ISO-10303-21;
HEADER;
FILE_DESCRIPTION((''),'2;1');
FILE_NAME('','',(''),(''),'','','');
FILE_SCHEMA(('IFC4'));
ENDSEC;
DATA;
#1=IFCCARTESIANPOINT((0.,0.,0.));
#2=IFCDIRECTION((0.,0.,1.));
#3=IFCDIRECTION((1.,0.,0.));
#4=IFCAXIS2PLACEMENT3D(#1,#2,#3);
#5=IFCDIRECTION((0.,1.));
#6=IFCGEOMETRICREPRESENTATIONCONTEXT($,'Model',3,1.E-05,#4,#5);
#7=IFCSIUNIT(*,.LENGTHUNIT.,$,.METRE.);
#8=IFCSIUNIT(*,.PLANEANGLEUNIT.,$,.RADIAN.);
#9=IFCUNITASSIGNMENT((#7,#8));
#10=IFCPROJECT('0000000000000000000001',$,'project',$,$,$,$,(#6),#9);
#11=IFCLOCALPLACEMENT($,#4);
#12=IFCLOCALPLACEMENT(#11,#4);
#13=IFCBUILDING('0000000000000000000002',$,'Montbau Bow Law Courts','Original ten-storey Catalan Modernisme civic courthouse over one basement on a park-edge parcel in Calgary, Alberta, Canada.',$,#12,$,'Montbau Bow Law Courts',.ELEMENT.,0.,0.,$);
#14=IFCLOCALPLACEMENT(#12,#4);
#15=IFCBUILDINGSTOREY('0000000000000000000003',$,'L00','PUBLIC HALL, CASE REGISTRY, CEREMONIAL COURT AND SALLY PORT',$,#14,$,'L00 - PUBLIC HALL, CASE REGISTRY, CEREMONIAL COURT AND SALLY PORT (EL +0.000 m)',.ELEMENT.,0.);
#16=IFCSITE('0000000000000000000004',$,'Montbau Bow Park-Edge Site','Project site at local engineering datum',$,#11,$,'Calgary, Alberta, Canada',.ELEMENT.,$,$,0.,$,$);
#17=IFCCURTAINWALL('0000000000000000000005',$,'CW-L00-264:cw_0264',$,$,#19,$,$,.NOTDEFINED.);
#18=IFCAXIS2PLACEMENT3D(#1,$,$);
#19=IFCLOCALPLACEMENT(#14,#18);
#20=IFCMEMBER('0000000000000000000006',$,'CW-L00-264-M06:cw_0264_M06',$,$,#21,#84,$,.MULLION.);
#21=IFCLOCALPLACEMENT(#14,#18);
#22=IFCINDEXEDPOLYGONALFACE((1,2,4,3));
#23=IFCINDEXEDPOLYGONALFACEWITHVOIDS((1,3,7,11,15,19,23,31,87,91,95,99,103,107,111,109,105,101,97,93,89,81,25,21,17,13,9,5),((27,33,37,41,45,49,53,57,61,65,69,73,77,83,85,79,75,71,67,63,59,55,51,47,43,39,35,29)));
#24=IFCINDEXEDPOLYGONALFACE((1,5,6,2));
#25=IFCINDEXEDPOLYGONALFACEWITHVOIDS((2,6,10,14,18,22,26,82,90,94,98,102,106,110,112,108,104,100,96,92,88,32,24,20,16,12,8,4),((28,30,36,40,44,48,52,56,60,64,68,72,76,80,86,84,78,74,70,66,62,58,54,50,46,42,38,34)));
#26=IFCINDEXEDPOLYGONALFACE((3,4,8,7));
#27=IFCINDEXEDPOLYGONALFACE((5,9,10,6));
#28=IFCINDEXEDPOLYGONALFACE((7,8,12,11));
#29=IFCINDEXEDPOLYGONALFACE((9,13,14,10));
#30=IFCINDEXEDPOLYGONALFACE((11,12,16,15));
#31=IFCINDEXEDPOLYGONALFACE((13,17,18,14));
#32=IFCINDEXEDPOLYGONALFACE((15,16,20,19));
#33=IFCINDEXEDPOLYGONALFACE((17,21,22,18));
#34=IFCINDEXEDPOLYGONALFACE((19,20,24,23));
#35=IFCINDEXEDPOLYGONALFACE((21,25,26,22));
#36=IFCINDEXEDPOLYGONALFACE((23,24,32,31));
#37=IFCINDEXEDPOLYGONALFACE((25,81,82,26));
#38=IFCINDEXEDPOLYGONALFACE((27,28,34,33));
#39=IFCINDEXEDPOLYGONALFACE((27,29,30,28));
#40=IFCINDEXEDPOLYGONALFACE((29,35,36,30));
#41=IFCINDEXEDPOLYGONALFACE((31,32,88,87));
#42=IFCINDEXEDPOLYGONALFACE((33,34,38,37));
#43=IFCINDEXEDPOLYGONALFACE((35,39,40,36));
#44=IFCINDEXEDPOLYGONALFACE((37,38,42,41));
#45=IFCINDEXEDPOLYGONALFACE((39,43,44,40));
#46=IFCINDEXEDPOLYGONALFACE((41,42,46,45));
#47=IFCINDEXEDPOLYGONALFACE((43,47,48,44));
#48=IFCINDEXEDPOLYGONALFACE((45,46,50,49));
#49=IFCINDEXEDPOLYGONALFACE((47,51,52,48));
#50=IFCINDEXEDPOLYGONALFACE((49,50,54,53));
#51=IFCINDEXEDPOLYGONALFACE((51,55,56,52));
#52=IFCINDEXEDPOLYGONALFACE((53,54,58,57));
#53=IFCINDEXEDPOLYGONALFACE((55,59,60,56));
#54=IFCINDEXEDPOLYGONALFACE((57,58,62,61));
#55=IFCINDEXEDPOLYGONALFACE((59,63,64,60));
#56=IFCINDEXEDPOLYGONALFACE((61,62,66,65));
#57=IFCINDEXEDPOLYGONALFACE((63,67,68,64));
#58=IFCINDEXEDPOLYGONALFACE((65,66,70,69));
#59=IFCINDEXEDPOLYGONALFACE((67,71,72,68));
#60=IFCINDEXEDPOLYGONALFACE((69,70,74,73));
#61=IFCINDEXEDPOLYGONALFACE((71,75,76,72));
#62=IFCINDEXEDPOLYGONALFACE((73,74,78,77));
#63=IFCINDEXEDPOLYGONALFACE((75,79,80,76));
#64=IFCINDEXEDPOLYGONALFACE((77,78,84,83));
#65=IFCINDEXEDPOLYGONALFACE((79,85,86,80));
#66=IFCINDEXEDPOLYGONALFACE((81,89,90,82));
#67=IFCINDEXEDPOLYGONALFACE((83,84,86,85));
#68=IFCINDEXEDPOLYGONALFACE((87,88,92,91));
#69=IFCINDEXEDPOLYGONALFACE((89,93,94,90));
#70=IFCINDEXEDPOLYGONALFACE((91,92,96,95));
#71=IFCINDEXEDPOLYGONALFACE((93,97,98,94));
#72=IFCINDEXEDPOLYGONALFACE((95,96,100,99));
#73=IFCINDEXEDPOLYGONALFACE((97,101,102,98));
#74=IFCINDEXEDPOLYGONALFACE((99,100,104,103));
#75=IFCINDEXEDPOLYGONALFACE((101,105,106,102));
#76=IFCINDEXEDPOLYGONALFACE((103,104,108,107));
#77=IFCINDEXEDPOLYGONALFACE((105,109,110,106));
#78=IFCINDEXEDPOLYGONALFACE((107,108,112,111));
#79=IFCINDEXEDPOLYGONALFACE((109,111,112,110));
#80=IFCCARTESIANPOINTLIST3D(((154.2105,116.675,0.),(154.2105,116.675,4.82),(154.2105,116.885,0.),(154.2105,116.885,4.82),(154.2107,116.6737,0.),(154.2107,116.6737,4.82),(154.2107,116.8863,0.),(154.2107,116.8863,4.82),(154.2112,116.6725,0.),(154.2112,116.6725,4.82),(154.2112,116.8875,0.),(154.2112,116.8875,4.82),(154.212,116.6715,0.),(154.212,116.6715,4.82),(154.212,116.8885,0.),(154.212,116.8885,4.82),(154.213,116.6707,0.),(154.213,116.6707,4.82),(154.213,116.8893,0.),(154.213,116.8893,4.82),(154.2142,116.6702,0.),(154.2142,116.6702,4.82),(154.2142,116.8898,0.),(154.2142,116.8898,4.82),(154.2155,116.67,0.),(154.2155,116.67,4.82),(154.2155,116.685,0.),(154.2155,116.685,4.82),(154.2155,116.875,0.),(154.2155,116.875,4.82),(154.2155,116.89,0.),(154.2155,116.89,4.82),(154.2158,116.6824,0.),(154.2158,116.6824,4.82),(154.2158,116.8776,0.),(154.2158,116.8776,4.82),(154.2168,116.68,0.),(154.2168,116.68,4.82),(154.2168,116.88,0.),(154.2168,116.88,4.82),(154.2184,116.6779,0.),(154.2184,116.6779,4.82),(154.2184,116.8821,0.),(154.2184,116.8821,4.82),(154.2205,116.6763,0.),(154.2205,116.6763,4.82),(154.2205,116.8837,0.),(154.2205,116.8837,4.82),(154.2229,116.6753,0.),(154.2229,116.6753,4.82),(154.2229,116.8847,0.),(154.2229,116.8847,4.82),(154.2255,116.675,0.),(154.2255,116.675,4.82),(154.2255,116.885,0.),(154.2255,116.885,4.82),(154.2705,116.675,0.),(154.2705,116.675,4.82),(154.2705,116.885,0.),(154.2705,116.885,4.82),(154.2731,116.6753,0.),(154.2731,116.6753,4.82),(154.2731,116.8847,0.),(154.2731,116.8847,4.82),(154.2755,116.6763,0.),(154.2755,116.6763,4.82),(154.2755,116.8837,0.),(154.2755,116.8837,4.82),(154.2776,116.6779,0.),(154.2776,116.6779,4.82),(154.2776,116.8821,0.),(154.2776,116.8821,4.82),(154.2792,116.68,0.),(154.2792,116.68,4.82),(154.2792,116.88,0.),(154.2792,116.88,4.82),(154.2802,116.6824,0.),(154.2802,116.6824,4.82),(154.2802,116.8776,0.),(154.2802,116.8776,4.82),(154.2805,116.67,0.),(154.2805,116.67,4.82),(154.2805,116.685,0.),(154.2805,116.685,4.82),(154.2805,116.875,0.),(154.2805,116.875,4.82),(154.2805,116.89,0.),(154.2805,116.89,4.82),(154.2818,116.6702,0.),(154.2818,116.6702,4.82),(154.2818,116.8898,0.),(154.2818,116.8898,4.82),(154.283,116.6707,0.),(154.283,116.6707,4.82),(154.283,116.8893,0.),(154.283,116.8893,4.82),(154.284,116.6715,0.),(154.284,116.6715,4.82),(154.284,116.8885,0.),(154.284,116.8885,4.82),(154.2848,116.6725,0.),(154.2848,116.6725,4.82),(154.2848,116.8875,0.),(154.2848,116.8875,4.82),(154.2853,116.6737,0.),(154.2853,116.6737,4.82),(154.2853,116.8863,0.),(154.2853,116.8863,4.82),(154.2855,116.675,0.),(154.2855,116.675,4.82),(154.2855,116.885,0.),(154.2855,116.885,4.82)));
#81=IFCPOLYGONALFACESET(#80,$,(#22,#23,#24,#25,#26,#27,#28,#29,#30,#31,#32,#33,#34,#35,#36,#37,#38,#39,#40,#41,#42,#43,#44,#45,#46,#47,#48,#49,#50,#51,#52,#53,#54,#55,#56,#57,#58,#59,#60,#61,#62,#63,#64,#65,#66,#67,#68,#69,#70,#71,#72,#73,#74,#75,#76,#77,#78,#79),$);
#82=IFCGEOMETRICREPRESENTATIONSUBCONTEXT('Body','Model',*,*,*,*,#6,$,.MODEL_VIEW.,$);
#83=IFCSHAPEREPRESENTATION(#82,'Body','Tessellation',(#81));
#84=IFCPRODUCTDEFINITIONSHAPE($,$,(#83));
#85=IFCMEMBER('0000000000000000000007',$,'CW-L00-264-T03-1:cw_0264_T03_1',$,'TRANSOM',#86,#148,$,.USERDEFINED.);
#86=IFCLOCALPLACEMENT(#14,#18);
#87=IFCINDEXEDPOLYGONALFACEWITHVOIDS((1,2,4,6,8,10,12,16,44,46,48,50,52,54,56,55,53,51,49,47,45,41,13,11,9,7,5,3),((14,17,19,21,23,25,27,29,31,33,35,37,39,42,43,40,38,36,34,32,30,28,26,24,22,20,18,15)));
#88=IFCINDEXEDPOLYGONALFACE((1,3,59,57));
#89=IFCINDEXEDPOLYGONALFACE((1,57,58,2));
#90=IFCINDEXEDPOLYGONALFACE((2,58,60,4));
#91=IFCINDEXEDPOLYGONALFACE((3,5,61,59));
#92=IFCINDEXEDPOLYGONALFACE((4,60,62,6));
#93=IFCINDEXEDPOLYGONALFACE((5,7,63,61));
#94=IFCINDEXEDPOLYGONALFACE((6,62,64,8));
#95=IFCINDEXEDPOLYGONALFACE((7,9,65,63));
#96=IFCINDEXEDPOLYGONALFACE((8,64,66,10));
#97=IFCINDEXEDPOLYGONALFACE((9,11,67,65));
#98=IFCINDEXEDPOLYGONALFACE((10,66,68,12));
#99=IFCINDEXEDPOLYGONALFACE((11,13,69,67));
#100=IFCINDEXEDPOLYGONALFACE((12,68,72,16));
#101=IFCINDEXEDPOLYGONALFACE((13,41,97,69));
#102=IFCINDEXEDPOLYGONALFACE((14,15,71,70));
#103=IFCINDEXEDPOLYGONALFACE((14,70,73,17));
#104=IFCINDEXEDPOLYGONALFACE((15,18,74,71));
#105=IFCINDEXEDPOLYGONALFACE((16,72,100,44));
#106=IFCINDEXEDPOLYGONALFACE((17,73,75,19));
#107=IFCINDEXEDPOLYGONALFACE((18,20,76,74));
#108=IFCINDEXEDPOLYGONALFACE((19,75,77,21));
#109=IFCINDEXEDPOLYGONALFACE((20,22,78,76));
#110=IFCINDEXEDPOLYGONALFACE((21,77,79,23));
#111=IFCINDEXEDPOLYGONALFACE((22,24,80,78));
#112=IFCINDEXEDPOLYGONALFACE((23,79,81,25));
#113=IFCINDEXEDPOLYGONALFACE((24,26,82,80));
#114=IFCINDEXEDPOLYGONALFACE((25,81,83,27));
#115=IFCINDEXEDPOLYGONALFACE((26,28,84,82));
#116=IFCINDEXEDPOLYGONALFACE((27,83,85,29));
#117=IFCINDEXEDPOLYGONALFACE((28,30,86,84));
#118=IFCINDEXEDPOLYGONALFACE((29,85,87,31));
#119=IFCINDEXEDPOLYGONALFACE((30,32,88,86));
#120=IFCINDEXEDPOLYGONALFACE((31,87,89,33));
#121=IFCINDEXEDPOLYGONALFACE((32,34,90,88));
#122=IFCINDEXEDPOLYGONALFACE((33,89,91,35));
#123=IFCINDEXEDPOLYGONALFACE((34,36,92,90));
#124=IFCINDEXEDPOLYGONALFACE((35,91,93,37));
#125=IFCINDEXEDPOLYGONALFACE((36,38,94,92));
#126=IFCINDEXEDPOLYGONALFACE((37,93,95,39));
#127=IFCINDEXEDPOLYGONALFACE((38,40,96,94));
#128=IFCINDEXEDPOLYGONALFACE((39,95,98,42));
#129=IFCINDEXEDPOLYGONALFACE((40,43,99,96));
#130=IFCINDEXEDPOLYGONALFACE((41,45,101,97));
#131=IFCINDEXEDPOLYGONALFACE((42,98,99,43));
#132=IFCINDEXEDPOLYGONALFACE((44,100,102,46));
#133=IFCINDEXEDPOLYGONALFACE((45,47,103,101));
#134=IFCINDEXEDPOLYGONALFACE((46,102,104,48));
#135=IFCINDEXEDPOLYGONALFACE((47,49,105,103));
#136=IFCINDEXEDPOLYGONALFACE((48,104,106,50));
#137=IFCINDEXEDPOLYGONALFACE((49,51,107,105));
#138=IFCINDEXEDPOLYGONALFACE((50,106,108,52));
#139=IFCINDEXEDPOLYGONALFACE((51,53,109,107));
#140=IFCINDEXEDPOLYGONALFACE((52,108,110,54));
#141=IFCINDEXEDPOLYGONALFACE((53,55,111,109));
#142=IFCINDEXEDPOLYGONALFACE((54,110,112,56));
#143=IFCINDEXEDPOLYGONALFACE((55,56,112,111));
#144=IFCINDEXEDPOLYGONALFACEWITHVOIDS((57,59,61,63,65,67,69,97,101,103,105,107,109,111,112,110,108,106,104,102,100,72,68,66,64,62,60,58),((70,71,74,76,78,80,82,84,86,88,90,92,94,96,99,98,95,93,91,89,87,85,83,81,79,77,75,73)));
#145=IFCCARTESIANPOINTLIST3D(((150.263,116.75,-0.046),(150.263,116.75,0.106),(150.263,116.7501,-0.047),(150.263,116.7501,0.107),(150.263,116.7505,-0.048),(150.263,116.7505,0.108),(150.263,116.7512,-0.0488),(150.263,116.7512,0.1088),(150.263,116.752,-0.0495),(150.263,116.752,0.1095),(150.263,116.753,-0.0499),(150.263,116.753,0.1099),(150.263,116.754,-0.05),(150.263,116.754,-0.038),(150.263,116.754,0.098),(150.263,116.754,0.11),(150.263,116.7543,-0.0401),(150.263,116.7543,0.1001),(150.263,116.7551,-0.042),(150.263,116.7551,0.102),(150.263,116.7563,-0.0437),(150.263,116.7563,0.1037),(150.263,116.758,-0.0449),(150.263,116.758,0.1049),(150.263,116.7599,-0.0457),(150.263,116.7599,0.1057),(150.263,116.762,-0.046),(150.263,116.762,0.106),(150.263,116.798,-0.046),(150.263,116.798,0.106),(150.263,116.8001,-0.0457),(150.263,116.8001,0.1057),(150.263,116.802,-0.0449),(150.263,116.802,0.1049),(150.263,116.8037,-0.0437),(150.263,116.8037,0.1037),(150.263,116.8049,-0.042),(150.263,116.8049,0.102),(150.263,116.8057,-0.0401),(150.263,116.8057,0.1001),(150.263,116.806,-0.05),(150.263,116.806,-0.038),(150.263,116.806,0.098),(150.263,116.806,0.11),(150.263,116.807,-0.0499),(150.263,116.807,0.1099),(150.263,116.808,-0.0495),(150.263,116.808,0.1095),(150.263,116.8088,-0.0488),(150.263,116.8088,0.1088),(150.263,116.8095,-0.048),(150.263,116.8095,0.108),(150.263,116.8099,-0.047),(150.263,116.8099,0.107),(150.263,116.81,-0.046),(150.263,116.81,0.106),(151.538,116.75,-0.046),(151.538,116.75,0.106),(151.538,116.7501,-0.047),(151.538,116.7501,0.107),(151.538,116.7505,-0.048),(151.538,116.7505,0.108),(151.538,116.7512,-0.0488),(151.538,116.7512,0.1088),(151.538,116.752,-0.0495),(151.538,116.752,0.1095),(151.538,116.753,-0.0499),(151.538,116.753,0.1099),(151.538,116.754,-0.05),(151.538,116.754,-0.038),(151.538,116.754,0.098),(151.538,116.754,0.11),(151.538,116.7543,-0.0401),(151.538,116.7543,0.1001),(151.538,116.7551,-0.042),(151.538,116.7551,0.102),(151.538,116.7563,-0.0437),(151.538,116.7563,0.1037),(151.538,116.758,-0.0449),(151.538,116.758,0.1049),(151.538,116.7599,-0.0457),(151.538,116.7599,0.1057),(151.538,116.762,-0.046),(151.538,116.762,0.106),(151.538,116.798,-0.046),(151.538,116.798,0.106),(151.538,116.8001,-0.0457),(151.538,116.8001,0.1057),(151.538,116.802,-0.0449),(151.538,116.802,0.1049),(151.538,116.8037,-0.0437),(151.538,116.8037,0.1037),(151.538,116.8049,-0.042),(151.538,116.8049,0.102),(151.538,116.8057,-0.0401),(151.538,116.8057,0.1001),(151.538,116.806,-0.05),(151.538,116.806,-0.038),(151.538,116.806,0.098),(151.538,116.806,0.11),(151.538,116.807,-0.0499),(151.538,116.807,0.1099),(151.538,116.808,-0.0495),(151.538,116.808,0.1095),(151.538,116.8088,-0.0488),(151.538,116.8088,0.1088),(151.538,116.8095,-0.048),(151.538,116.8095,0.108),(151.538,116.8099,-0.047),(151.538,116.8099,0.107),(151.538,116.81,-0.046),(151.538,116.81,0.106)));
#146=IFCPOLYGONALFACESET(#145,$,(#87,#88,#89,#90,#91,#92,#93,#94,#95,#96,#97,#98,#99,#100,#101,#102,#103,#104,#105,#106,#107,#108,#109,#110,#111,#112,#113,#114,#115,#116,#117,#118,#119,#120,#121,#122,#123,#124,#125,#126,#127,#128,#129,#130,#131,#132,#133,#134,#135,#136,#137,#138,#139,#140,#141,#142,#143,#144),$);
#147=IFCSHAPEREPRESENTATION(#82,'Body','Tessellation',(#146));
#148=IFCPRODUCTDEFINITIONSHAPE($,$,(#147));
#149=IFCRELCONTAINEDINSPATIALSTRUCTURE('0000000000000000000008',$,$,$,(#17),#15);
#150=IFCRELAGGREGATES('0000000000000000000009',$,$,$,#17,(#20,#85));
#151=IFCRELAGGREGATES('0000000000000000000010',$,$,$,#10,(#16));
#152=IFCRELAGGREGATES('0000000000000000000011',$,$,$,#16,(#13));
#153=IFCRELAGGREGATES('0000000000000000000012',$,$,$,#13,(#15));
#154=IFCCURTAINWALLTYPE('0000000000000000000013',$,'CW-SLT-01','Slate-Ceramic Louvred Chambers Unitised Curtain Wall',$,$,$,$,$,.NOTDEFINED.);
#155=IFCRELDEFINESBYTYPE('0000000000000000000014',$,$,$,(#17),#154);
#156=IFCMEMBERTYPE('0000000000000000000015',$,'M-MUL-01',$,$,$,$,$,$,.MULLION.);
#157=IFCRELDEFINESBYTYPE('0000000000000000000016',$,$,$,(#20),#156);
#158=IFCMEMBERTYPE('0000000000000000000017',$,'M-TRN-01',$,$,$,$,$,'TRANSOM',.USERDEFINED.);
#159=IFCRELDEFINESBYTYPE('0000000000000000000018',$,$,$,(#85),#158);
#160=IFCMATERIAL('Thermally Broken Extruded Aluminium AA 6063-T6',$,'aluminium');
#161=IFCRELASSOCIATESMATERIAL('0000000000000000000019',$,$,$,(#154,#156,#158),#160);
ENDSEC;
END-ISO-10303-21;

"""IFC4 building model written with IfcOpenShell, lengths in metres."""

from ifc_helpers import new_model, si_unit, direction, frame, origin_with_axes, origin_2d_with_axis, place, context, subcontext, project, spatial, hollow_rectangle, extrude, material, material_profile, profile_set, type_object, element, aggregate, save


model = new_model("IFC4")

# Units and contexts
model_context = context("Model", 3, precision=1e-05, world=origin_with_axes(), true_north=direction((0.0, 1.0)))
body_context = subcontext(model_context, "Body", "Model", "MODEL_VIEW")
ifc_project = project(units=[si_unit("LENGTHUNIT", "METRE"), si_unit("PLANEANGLEUNIT", "RADIAN")], contexts=[model_context])

# Site, building, storey
site_placement = place(None, origin_with_axes())
site = spatial("IfcSite", under=ifc_project, at=site_placement, Name="Montbau Bow Park-Edge Site", Description="Project site at local engineering datum", LongName="Calgary, Alberta, Canada", CompositionType="ELEMENT", RefElevation=0.0)
building_placement = place(site_placement, origin_with_axes())
building = spatial("IfcBuilding", under=site, at=building_placement, Name="Montbau Bow Law Courts", Description="Original ten-storey Catalan Modernisme civic courthouse over one basement on a park-edge parcel in Calgary, Alberta, Canada.", LongName="Montbau Bow Law Courts", CompositionType="ELEMENT", ElevationOfRefHeight=0.0, ElevationOfTerrain=0.0)
storey_placement = place(building_placement, origin_with_axes())
storey = spatial("IfcBuildingStorey", under=building, at=storey_placement, Name="L00", Description="PUBLIC HALL, CASE REGISTRY, CEREMONIAL COURT AND SALLY PORT", LongName="L00 - PUBLIC HALL, CASE REGISTRY, CEREMONIAL COURT AND SALLY PORT (EL +0.000 m)", CompositionType="ELEMENT", Elevation=0.0)

# Curtain wall, members
ifc_material_1 = material(Name="Thermally Broken Extruded Aluminium AA 6063-T6", Category="aluminium")
curtain_wall_type = type_object("IfcCurtainWallType", Name="CW-SLT-01", Description="Slate-Ceramic Louvred Chambers Unitised Curtain Wall", PredefinedType="NOTDEFINED", material=ifc_material_1)
curtain_wall_placement = place(None, frame((147.515, 116.78, 0.0), z_axis=(0.0, 0.0, 1.0), x_axis=(1.0, 0.0, 0.0)))
curtain_wall = element("IfcCurtainWall", 1, at=curtain_wall_placement, inside=storey, type_object=curtain_wall_type, Name="CW-L00-264:cw_0264", PredefinedType="NOTDEFINED")
ifc_material_profile_1 = material_profile(ifc_material_1, hollow_rectangle(XDim=0.075, YDim=0.22, WallThickness=0.005, InnerFilletRadius=0.01, OuterFilletRadius=0.005, at=origin_2d_with_axis()), Name="CWM-220X75", Category="Main", Priority=0)
ifc_profile_set_1 = profile_set([ifc_material_profile_1], Name="Thermally Broken Extruded Aluminium AA 6063-T6")
member_type_1 = type_object("IfcMemberType", Name="M-MUL-01", PredefinedType="MULLION", material=ifc_profile_set_1)
member_1_placement = place(None, frame((154.248, 116.78, 0.0), z_axis=(0.0, 0.0, 1.0), x_axis=(1.0, 0.0, 0.0)))
member_1 = element("IfcMember", 2, at=member_1_placement, type_object=member_type_1, Name="CW-L00-264-M06:cw_0264_M06", PredefinedType="MULLION", context=body_context, shape_type="SweptSolid", body=[
    extrude(hollow_rectangle(XDim=0.075, YDim=0.22, WallThickness=0.005, InnerFilletRadius=0.01, OuterFilletRadius=0.005, at=origin_2d_with_axis()), origin_with_axes(), (0.0, 0.0, 1.0), 4.82),
])
ifc_material_profile_2 = material_profile(ifc_material_1, hollow_rectangle(XDim=0.06, YDim=0.16, WallThickness=0.004, InnerFilletRadius=0.008, OuterFilletRadius=0.004, at=origin_2d_with_axis()), Name="CWT-160X60", Category="Main", Priority=0)
ifc_profile_set_2 = profile_set([ifc_material_profile_2], Name="Thermally Broken Extruded Aluminium AA 6063-T6")
member_type_2 = type_object("IfcMemberType", Name="M-TRN-01", ElementType="TRANSOM", PredefinedType="USERDEFINED", material=ifc_profile_set_2)
member_2_placement = place(None, frame((150.263, 116.78, 0.03), z_axis=(1.0, 0.0, 0.0), x_axis=(0.0, 1.0, 0.0)))
member_2 = element("IfcMember", 3, at=member_2_placement, type_object=member_type_2, Name="CW-L00-264-T03-1:cw_0264_T03_1", ObjectType="TRANSOM", PredefinedType="USERDEFINED", context=body_context, shape_type="SweptSolid", body=[
    extrude(hollow_rectangle(XDim=0.06, YDim=0.16, WallThickness=0.004, InnerFilletRadius=0.008, OuterFilletRadius=0.004, at=origin_2d_with_axis()), origin_with_axes(), (0.0, 0.0, 1.0), 1.275),
])
aggregate(curtain_wall, [member_1, member_2])

save(model, "model.ifc")
